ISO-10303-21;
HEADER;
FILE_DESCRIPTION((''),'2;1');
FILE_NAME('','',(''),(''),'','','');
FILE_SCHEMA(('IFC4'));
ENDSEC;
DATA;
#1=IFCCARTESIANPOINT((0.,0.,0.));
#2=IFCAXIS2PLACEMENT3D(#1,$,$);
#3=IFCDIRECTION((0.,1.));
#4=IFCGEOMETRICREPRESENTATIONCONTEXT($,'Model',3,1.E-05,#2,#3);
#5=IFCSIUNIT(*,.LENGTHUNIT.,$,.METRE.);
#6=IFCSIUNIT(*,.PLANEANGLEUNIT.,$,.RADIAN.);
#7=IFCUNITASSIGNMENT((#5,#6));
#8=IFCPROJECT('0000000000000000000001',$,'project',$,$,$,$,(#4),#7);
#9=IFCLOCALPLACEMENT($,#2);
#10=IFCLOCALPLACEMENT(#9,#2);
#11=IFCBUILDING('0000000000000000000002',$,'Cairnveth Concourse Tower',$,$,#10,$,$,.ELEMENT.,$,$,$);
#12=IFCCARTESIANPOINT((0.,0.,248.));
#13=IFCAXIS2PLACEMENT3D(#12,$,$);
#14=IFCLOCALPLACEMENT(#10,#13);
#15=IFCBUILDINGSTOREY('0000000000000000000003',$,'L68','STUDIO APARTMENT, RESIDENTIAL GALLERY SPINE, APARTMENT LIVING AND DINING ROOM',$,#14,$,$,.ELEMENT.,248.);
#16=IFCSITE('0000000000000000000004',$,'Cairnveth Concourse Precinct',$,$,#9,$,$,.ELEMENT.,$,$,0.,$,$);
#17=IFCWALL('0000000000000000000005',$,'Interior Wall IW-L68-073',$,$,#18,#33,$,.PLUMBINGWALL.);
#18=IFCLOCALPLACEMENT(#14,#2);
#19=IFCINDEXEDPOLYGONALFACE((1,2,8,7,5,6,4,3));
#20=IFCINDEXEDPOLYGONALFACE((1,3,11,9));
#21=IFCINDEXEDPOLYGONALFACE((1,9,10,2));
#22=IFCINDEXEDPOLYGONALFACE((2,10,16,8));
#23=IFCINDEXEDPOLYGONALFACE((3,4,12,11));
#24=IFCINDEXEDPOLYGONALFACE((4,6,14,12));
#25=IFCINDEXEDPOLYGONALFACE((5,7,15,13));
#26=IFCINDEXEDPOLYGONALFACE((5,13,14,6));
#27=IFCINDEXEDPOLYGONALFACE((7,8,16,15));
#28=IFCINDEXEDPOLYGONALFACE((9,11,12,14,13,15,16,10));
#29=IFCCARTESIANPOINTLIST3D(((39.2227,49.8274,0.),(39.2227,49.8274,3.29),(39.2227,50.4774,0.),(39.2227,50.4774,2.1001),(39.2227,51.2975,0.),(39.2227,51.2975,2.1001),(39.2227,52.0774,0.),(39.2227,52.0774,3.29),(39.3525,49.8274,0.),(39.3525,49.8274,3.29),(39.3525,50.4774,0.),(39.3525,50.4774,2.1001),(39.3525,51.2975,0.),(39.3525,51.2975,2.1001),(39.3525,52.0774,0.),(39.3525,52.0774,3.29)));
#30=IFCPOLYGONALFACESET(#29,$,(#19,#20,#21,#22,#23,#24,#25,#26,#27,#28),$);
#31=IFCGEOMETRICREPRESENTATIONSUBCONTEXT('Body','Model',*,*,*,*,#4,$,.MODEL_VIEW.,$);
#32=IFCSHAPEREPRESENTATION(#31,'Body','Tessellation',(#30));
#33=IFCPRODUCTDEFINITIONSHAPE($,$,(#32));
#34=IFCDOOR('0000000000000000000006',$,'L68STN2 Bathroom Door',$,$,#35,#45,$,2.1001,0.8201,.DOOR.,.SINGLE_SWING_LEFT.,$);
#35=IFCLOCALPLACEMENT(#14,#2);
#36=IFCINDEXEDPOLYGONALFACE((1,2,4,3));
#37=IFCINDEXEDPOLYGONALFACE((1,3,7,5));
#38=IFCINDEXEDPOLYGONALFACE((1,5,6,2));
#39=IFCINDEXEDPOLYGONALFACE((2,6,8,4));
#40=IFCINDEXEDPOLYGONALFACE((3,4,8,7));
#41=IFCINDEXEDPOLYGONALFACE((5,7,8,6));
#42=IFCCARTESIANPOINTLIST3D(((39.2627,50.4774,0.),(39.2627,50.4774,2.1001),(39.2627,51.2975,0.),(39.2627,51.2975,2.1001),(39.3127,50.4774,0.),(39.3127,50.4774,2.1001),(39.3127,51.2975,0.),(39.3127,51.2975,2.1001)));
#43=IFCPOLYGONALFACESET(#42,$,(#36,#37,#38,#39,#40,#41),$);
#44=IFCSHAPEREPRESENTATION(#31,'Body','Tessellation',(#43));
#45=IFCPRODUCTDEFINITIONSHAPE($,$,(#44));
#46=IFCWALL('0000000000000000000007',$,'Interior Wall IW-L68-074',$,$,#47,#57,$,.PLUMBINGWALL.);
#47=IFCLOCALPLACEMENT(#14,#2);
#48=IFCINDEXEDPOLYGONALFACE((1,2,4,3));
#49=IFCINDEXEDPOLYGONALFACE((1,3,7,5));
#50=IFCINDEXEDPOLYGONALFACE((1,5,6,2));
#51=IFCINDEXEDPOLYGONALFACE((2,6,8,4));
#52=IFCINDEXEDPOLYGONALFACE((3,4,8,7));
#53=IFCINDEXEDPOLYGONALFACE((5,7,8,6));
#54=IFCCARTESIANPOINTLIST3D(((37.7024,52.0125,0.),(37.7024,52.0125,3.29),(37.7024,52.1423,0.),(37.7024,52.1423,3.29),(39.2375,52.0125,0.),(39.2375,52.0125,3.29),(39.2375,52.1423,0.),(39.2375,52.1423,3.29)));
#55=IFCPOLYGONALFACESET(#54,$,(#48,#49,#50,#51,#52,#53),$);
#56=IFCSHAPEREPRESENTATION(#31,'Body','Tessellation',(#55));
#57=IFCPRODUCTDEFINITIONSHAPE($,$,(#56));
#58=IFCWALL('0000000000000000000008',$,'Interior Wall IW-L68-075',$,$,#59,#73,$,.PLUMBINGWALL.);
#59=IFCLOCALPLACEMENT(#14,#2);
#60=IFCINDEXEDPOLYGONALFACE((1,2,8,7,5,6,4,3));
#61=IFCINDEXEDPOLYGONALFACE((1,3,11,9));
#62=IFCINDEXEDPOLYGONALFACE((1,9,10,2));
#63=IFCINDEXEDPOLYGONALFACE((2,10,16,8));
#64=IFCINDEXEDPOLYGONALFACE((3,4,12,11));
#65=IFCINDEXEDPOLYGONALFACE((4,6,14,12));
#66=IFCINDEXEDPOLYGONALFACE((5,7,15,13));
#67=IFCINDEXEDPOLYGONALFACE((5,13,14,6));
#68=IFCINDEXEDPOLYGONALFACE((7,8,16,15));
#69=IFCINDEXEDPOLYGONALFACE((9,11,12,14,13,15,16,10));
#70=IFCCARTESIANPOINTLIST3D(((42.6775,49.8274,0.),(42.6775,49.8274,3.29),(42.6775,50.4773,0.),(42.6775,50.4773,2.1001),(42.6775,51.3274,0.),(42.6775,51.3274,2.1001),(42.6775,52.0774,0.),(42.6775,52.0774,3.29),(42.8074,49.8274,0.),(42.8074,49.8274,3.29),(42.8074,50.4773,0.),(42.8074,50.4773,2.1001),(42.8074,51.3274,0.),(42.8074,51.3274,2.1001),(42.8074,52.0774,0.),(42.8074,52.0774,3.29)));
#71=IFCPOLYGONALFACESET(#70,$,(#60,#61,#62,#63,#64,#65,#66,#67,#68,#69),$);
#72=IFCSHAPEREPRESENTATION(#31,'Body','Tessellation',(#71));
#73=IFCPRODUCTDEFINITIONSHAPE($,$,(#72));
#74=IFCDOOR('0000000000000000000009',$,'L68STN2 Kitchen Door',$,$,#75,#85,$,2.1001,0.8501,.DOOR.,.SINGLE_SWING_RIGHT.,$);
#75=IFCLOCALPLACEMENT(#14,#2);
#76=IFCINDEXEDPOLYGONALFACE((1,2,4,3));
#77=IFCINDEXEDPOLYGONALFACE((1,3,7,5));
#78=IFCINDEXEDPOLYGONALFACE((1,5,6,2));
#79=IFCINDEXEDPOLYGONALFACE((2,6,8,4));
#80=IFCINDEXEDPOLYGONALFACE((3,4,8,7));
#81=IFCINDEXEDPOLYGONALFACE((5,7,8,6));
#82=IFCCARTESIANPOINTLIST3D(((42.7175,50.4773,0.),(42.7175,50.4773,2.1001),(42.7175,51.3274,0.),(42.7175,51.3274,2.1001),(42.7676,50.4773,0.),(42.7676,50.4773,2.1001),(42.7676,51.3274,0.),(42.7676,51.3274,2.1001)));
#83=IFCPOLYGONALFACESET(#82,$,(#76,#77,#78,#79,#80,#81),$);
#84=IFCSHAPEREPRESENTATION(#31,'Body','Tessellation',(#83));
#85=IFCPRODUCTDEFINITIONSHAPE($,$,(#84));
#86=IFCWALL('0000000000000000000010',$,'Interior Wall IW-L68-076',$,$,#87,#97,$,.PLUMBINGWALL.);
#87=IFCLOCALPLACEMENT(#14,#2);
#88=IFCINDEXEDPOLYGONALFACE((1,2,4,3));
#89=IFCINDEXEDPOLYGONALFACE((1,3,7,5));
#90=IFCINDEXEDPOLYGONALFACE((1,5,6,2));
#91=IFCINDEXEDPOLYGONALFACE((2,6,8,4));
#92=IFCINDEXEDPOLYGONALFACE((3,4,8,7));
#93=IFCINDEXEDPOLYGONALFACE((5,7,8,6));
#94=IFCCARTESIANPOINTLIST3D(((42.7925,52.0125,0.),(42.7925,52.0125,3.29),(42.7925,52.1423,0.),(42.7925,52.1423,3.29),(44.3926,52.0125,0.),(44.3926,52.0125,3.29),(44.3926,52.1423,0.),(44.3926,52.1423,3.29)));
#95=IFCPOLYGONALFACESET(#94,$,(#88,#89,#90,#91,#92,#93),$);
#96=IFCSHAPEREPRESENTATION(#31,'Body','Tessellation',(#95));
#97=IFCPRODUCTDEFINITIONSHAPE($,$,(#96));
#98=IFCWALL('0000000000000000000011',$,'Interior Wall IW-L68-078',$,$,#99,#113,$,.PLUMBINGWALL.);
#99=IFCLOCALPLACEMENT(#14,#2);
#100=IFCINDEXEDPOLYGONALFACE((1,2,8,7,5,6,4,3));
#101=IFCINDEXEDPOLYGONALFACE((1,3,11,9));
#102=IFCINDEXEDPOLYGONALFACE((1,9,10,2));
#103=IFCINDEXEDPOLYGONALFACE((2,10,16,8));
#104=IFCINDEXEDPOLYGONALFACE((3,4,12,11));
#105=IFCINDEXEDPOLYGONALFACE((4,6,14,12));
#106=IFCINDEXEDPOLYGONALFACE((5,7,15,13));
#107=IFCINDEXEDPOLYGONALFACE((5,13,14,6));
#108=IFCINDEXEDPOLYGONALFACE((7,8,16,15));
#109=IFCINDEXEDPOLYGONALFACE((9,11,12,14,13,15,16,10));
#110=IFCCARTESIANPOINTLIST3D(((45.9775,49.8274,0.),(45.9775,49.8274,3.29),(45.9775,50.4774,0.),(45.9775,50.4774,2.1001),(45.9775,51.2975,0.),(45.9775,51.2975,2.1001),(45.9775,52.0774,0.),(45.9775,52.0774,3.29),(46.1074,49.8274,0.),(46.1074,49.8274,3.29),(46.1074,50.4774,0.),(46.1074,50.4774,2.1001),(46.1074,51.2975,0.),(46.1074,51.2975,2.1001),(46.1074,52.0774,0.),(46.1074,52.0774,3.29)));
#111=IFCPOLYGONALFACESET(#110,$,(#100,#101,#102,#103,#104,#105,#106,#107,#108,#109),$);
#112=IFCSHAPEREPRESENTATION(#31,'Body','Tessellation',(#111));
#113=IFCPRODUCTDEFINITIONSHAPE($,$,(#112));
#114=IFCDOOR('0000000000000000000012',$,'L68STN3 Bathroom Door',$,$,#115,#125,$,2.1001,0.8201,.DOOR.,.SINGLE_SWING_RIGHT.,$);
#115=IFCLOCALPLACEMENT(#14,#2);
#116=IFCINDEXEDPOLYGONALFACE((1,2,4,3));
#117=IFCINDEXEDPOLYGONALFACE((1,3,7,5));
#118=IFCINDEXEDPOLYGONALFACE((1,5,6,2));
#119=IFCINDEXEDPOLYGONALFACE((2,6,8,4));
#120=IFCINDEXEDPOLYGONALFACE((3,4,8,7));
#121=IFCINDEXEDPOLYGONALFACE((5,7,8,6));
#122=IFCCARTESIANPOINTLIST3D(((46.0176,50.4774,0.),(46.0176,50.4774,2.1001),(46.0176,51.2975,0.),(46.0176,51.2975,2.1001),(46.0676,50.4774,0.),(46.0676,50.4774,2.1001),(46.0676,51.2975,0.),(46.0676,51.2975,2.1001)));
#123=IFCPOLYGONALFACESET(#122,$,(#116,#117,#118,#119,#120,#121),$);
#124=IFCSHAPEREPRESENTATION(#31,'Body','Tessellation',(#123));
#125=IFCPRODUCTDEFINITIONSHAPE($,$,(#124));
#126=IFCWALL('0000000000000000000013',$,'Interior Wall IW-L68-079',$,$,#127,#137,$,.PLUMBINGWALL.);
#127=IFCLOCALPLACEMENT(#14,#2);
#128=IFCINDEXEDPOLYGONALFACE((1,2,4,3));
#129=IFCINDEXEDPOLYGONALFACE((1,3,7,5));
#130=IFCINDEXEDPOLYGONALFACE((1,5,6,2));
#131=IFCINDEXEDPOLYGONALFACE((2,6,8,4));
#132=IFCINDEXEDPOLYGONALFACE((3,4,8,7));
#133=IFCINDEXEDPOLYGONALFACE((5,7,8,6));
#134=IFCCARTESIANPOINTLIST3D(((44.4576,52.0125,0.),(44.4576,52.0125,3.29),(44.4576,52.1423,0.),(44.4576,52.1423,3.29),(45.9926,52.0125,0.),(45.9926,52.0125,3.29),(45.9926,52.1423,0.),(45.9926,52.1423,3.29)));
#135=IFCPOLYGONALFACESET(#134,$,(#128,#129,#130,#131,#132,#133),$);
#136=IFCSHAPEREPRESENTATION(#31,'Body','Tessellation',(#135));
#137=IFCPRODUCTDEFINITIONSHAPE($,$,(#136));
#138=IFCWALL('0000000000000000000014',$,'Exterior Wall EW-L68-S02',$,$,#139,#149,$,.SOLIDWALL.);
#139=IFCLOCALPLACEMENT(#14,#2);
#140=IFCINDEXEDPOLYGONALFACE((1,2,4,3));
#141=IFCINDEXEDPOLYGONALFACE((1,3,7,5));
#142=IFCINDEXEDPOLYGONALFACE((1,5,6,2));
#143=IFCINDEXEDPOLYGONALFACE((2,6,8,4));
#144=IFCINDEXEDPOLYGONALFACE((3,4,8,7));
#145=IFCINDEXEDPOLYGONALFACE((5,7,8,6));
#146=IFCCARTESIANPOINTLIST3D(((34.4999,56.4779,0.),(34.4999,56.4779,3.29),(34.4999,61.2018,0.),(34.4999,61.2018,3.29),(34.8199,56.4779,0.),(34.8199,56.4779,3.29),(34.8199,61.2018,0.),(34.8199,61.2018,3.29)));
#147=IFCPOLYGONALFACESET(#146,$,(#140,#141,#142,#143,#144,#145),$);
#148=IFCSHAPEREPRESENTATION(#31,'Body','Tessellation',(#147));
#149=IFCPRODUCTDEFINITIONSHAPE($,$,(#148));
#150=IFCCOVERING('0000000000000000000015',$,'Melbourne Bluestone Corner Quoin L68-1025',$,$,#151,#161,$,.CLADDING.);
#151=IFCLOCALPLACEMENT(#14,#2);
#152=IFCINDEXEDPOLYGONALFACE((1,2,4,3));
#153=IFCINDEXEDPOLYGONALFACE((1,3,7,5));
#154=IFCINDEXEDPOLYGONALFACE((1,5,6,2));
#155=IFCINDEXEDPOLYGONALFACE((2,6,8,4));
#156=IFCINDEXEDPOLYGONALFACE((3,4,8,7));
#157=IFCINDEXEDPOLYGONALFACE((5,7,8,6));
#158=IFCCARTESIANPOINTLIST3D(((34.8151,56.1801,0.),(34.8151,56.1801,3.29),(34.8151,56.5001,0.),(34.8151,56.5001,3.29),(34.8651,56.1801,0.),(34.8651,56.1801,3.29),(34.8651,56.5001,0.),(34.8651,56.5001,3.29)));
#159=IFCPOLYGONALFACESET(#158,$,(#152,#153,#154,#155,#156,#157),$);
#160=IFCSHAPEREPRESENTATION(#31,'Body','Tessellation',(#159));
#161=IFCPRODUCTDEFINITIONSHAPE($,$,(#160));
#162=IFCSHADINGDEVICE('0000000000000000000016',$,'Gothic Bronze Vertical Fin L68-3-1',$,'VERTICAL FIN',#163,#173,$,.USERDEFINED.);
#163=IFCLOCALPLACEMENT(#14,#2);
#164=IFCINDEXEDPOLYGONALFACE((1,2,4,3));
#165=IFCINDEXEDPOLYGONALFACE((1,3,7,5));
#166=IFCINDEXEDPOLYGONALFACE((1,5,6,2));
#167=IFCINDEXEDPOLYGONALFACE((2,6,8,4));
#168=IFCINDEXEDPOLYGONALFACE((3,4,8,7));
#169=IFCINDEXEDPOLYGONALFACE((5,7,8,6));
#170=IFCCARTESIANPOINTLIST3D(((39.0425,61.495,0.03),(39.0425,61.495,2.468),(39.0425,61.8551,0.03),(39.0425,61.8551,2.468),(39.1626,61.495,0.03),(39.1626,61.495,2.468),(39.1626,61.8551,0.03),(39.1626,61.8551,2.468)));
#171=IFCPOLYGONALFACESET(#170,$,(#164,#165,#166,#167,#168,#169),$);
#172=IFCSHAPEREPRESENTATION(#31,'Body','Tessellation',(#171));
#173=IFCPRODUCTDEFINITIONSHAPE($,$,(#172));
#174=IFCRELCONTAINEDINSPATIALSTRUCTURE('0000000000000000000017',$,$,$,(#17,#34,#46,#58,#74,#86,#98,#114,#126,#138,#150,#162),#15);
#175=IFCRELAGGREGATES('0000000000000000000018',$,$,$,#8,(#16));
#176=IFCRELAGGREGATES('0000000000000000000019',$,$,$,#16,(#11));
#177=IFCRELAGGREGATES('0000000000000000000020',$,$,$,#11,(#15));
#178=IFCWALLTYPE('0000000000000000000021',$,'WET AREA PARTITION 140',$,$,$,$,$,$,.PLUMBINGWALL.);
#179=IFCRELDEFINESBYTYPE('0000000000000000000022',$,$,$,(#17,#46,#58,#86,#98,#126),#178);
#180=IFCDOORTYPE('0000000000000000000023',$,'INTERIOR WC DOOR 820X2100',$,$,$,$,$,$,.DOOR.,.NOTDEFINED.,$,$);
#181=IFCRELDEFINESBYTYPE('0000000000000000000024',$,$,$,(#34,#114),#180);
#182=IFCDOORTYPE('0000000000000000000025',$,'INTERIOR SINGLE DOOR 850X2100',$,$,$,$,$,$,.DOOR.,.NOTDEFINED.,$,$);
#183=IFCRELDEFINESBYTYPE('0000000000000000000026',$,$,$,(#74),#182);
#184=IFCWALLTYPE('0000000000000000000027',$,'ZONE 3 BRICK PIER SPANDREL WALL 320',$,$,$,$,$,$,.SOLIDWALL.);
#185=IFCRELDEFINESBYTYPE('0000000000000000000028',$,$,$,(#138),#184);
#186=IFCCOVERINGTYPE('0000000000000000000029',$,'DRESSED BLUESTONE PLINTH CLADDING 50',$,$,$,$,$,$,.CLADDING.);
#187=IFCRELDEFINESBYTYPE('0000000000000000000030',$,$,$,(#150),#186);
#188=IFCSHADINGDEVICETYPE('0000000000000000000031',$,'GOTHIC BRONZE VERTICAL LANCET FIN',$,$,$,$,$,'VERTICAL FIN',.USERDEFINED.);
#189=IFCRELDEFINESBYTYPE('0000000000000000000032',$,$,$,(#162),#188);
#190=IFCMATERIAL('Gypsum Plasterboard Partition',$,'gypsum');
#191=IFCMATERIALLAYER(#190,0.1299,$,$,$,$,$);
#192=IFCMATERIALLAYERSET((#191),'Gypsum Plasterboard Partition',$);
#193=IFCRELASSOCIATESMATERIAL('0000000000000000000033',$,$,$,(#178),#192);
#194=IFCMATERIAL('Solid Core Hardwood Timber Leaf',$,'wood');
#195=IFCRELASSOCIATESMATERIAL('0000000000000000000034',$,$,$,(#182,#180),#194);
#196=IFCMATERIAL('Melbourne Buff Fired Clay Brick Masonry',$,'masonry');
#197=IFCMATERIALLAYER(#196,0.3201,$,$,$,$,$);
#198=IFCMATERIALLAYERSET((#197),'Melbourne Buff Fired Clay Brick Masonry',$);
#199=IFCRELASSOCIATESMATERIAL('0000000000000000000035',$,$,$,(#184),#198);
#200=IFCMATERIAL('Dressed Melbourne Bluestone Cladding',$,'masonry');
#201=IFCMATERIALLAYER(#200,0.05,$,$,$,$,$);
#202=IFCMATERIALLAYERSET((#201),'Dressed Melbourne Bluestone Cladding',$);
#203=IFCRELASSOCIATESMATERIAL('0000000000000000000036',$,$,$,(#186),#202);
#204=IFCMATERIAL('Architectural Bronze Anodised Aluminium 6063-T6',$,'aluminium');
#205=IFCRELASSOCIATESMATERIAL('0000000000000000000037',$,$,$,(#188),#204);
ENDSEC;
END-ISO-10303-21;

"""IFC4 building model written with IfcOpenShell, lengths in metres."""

from ifc_helpers import new_model, si_unit, direction, frame, frame_2d, origin, origin_2d, place, context, subcontext, project, spatial, rectangle, extrude, material, layer, layer_set, type_object, element, fill, save


model = new_model("IFC4")

# Units and contexts
model_context = context("Model", 3, precision=1e-05, world=origin(), true_north=direction((0.0, 1.0)))
body_context = subcontext(model_context, "Body", "Model", "MODEL_VIEW")
ifc_project = project(units=[si_unit("LENGTHUNIT", "METRE"), si_unit("PLANEANGLEUNIT", "RADIAN")], contexts=[model_context])

# Site, building, storey
site_placement = place(None, origin())
site = spatial("IfcSite", under=ifc_project, at=site_placement, Name="Cairnveth Concourse Precinct", CompositionType="ELEMENT", RefElevation=0.0)
building_placement = place(site_placement, origin())
building = spatial("IfcBuilding", under=site, at=building_placement, Name="Cairnveth Concourse Tower", CompositionType="ELEMENT")
storey_placement = place(building_placement, frame((0.0, 0.0, 248.0)))
storey = spatial("IfcBuildingStorey", under=building, at=storey_placement, Name="L68", Description="STUDIO APARTMENT, RESIDENTIAL GALLERY SPINE, APARTMENT LIVING AND DINING ROOM", CompositionType="ELEMENT", Elevation=248.0)

# Shared definitions
ifc_material_1 = material(Name="Gypsum Plasterboard Partition", Category="gypsum")

# Shared definitions
ifc_layer_1 = layer(ifc_material_1, 0.1299)
ifc_layer_set_1 = layer_set([ifc_layer_1], Name="Gypsum Plasterboard Partition")
wall_type_1 = type_object("IfcWallType", Name="WET AREA PARTITION 140", PredefinedType="PLUMBINGWALL", material=ifc_layer_set_1)
ifc_material_2 = material(Name="Solid Core Hardwood Timber Leaf", Category="wood")
door_type_1 = type_object("IfcDoorType", Name="INTERIOR SINGLE DOOR 850X2100", OperationType="NOTDEFINED", PredefinedType="DOOR", material=ifc_material_2)

# Wall, opening, door
wall_1_placement = place(storey_placement, frame((39.2876, 49.8274, 0.0), z_axis=(0.0, 0.0, 1.0), x_axis=(0.0, 1.0, 0.0)))
wall_1 = element("IfcWall", 1, at=wall_1_placement, inside=storey, type_object=wall_type_1, Name="Interior Wall IW-L68-073", PredefinedType="PLUMBINGWALL", context=body_context, shape_type="SweptSolid", body=[
    extrude(rectangle(XDim=2.25, YDim=0.1299, at=frame_2d((1.125, 0.0))), origin(), (0.0, 0.0, 1.0), 3.29),
])
opening_1_placement = place(wall_1_placement, frame((0.6499, 0.0, 0.0)))
opening_1 = element("IfcOpeningElement", 2, at=opening_1_placement, cuts=wall_1, PredefinedType="OPENING", context=body_context, shape_type="SweptSolid", body=[
    extrude(rectangle(XDim=0.8201, YDim=2.1001, at=frame_2d((0.4102, 1.05))), frame((0.0, 0.075, 0.0), z_axis=(0.0, -1.0, 0.0), x_axis=(1.0, 0.0, 0.0)), (0.0, 0.0, 1.0), 0.1499),
])
door_type_2 = type_object("IfcDoorType", Name="INTERIOR WC DOOR 820X2100", OperationType="NOTDEFINED", PredefinedType="DOOR", material=ifc_material_2)
door_1_placement = place(opening_1_placement, origin())
door_1 = element("IfcDoor", 3, at=door_1_placement, inside=storey, type_object=door_type_2, Name="L68STN2 Bathroom Door", OperationType="SINGLE_SWING_LEFT", OverallHeight=2.1001, OverallWidth=0.8201, PredefinedType="DOOR", context=body_context, shape_type="SweptSolid", body=[
    extrude(rectangle(XDim=0.8201, YDim=2.1001, at=frame_2d((0.4102, 1.05))), frame((0.0, 0.0249, 0.0), z_axis=(0.0, -1.0, 0.0), x_axis=(1.0, 0.0, 0.0)), (0.0, 0.0, 1.0), 0.05),
])
fill(opening_1, door_1)

# Wall
wall_2_placement = place(storey_placement, frame((37.7024, 52.0774, 0.0), z_axis=(0.0, 0.0, 1.0), x_axis=(1.0, 0.0, 0.0)))
element("IfcWall", 4, at=wall_2_placement, inside=storey, type_object=wall_type_1, Name="Interior Wall IW-L68-074", PredefinedType="PLUMBINGWALL", context=body_context, shape_type="SweptSolid", body=[
    extrude(rectangle(XDim=1.5352, YDim=0.1299, at=frame_2d((0.7676, 0.0))), origin(), (0.0, 0.0, 1.0), 3.29),
])

# Wall, opening, door
wall_3_placement = place(storey_placement, frame((42.7424, 49.8274, 0.0), z_axis=(0.0, 0.0, 1.0), x_axis=(0.0, 1.0, 0.0)))
wall_3 = element("IfcWall", 5, at=wall_3_placement, inside=storey, type_object=wall_type_1, Name="Interior Wall IW-L68-075", PredefinedType="PLUMBINGWALL", context=body_context, shape_type="SweptSolid", body=[
    extrude(rectangle(XDim=2.25, YDim=0.1299, at=frame_2d((1.125, 0.0))), origin(), (0.0, 0.0, 1.0), 3.29),
])
opening_2_placement = place(wall_3_placement, frame((0.6499, 0.0, 0.0)))
opening_2 = element("IfcOpeningElement", 6, at=opening_2_placement, cuts=wall_3, PredefinedType="OPENING", context=body_context, shape_type="SweptSolid", body=[
    extrude(rectangle(XDim=0.8501, YDim=2.1001, at=frame_2d((0.425, 1.05))), frame((0.0, 0.075, 0.0), z_axis=(0.0, -1.0, 0.0), x_axis=(1.0, 0.0, 0.0)), (0.0, 0.0, 1.0), 0.1499),
])
door_2_placement = place(opening_2_placement, origin())
door_2 = element("IfcDoor", 7, at=door_2_placement, inside=storey, type_object=door_type_1, Name="L68STN2 Kitchen Door", OperationType="SINGLE_SWING_RIGHT", OverallHeight=2.1001, OverallWidth=0.8501, PredefinedType="DOOR", context=body_context, shape_type="SweptSolid", body=[
    extrude(rectangle(XDim=0.8501, YDim=2.1001, at=frame_2d((0.425, 1.05))), frame((0.0, 0.0249, 0.0), z_axis=(0.0, -1.0, 0.0), x_axis=(1.0, 0.0, 0.0)), (0.0, 0.0, 1.0), 0.05),
])
fill(opening_2, door_2)

# Wall
wall_4_placement = place(storey_placement, frame((42.7925, 52.0774, 0.0), z_axis=(0.0, 0.0, 1.0), x_axis=(1.0, 0.0, 0.0)))
element("IfcWall", 8, at=wall_4_placement, inside=storey, type_object=wall_type_1, Name="Interior Wall IW-L68-076", PredefinedType="PLUMBINGWALL", context=body_context, shape_type="SweptSolid", body=[
    extrude(rectangle(XDim=1.6001, YDim=0.1299, at=frame_2d((0.8, 0.0))), origin(), (0.0, 0.0, 1.0), 3.29),
])

# Wall, opening, door
wall_5_placement = place(storey_placement, frame((46.0425, 49.8274, 0.0), z_axis=(0.0, 0.0, 1.0), x_axis=(0.0, 1.0, 0.0)))
wall_5 = element("IfcWall", 9, at=wall_5_placement, inside=storey, type_object=wall_type_1, Name="Interior Wall IW-L68-078", PredefinedType="PLUMBINGWALL", context=body_context, shape_type="SweptSolid", body=[
    extrude(rectangle(XDim=2.25, YDim=0.1299, at=frame_2d((1.125, 0.0))), origin(), (0.0, 0.0, 1.0), 3.29),
])
opening_3_placement = place(wall_5_placement, frame((0.6499, 0.0, 0.0)))
opening_3 = element("IfcOpeningElement", 10, at=opening_3_placement, cuts=wall_5, PredefinedType="OPENING", context=body_context, shape_type="SweptSolid", body=[
    extrude(rectangle(XDim=0.8201, YDim=2.1001, at=frame_2d((0.4102, 1.05))), frame((0.0, 0.075, 0.0), z_axis=(0.0, -1.0, 0.0), x_axis=(1.0, 0.0, 0.0)), (0.0, 0.0, 1.0), 0.1499),
])
door_3_placement = place(opening_3_placement, origin())
door_3 = element("IfcDoor", 11, at=door_3_placement, inside=storey, type_object=door_type_2, Name="L68STN3 Bathroom Door", OperationType="SINGLE_SWING_RIGHT", OverallHeight=2.1001, OverallWidth=0.8201, PredefinedType="DOOR", context=body_context, shape_type="SweptSolid", body=[
    extrude(rectangle(XDim=0.8201, YDim=2.1001, at=frame_2d((0.4102, 1.05))), frame((0.0, 0.0249, 0.0), z_axis=(0.0, -1.0, 0.0), x_axis=(1.0, 0.0, 0.0)), (0.0, 0.0, 1.0), 0.05),
])
fill(opening_3, door_3)

# Walls
wall_6_placement = place(storey_placement, frame((44.4575, 52.0774, 0.0), z_axis=(0.0, 0.0, 1.0), x_axis=(1.0, 0.0, 0.0)))
element("IfcWall", 12, at=wall_6_placement, inside=storey, type_object=wall_type_1, Name="Interior Wall IW-L68-079", PredefinedType="PLUMBINGWALL", context=body_context, shape_type="SweptSolid", body=[
    extrude(rectangle(XDim=1.5349, YDim=0.1299, at=frame_2d((0.7676, 0.0))), origin(), (0.0, 0.0, 1.0), 3.29),
])
ifc_material_3 = material(Name="Melbourne Buff Fired Clay Brick Masonry", Category="masonry")
ifc_layer_2 = layer(ifc_material_3, 0.3201)
ifc_layer_set_2 = layer_set([ifc_layer_2], Name="Melbourne Buff Fired Clay Brick Masonry")
wall_type_2 = type_object("IfcWallType", Name="ZONE 3 BRICK PIER SPANDREL WALL 320", PredefinedType="SOLIDWALL", material=ifc_layer_set_2)
wall_7_placement = place(storey_placement, frame((34.6599, 56.478, 0.0), z_axis=(0.0, 0.0, 1.0), x_axis=(0.0, 1.0, 0.0)))
element("IfcWall", 13, at=wall_7_placement, inside=storey, type_object=wall_type_2, Name="Exterior Wall EW-L68-S02", PredefinedType="SOLIDWALL", context=body_context, shape_type="SweptSolid", body=[
    extrude(rectangle(XDim=4.7239, YDim=0.3201, at=frame_2d((2.3618, 0.0))), origin(), (0.0, 0.0, 1.0), 3.29),
])

# Covering
ifc_material_4 = material(Name="Dressed Melbourne Bluestone Cladding", Category="masonry")
ifc_layer_3 = layer(ifc_material_4, 0.05)
ifc_layer_set_3 = layer_set([ifc_layer_3], Name="Dressed Melbourne Bluestone Cladding")
covering_type = type_object("IfcCoveringType", Name="DRESSED BLUESTONE PLINTH CLADDING 50", PredefinedType="CLADDING", material=ifc_layer_set_3)
covering_placement = place(storey_placement, frame((34.8401, 56.1799, 0.0), z_axis=(0.0, 0.0, 1.0), x_axis=(0.0, 1.0, 0.0)))
element("IfcCovering", 14, at=covering_placement, inside=storey, type_object=covering_type, Name="Melbourne Bluestone Corner Quoin L68-1025", PredefinedType="CLADDING", context=body_context, shape_type="SweptSolid", body=[
    extrude(rectangle(XDim=0.3201, YDim=0.05, at=frame_2d((0.1602, 0.0))), origin(), (0.0, 0.0, 1.0), 3.29),
])

# Shading device
ifc_material_5 = material(Name="Architectural Bronze Anodised Aluminium 6063-T6", Category="aluminium")
shading_device_type = type_object("IfcShadingDeviceType", Name="GOTHIC BRONZE VERTICAL LANCET FIN", ElementType="VERTICAL FIN", PredefinedType="USERDEFINED", material=ifc_material_5)
for number, where, z_axis, x_axis, name in (
    (15, (39.1025, 61.675, 0.03), (0.0, 0.0, 1.0), (1.0, 0.0, 0.0), "Gothic Bronze Vertical Fin L68-3-1"),
):
    element("IfcShadingDevice", number, at=place(storey_placement, frame(where, z_axis=z_axis, x_axis=x_axis)), inside=storey, type_object=shading_device_type, Name=name, ObjectType="VERTICAL FIN", PredefinedType="USERDEFINED", context=body_context, shape_type="SweptSolid", body=[
        extrude(rectangle(XDim=0.1201, YDim=0.3601, at=origin_2d()), origin(), (0.0, 0.0, 1.0), 2.438),
    ])

save(model, "model.ifc")
